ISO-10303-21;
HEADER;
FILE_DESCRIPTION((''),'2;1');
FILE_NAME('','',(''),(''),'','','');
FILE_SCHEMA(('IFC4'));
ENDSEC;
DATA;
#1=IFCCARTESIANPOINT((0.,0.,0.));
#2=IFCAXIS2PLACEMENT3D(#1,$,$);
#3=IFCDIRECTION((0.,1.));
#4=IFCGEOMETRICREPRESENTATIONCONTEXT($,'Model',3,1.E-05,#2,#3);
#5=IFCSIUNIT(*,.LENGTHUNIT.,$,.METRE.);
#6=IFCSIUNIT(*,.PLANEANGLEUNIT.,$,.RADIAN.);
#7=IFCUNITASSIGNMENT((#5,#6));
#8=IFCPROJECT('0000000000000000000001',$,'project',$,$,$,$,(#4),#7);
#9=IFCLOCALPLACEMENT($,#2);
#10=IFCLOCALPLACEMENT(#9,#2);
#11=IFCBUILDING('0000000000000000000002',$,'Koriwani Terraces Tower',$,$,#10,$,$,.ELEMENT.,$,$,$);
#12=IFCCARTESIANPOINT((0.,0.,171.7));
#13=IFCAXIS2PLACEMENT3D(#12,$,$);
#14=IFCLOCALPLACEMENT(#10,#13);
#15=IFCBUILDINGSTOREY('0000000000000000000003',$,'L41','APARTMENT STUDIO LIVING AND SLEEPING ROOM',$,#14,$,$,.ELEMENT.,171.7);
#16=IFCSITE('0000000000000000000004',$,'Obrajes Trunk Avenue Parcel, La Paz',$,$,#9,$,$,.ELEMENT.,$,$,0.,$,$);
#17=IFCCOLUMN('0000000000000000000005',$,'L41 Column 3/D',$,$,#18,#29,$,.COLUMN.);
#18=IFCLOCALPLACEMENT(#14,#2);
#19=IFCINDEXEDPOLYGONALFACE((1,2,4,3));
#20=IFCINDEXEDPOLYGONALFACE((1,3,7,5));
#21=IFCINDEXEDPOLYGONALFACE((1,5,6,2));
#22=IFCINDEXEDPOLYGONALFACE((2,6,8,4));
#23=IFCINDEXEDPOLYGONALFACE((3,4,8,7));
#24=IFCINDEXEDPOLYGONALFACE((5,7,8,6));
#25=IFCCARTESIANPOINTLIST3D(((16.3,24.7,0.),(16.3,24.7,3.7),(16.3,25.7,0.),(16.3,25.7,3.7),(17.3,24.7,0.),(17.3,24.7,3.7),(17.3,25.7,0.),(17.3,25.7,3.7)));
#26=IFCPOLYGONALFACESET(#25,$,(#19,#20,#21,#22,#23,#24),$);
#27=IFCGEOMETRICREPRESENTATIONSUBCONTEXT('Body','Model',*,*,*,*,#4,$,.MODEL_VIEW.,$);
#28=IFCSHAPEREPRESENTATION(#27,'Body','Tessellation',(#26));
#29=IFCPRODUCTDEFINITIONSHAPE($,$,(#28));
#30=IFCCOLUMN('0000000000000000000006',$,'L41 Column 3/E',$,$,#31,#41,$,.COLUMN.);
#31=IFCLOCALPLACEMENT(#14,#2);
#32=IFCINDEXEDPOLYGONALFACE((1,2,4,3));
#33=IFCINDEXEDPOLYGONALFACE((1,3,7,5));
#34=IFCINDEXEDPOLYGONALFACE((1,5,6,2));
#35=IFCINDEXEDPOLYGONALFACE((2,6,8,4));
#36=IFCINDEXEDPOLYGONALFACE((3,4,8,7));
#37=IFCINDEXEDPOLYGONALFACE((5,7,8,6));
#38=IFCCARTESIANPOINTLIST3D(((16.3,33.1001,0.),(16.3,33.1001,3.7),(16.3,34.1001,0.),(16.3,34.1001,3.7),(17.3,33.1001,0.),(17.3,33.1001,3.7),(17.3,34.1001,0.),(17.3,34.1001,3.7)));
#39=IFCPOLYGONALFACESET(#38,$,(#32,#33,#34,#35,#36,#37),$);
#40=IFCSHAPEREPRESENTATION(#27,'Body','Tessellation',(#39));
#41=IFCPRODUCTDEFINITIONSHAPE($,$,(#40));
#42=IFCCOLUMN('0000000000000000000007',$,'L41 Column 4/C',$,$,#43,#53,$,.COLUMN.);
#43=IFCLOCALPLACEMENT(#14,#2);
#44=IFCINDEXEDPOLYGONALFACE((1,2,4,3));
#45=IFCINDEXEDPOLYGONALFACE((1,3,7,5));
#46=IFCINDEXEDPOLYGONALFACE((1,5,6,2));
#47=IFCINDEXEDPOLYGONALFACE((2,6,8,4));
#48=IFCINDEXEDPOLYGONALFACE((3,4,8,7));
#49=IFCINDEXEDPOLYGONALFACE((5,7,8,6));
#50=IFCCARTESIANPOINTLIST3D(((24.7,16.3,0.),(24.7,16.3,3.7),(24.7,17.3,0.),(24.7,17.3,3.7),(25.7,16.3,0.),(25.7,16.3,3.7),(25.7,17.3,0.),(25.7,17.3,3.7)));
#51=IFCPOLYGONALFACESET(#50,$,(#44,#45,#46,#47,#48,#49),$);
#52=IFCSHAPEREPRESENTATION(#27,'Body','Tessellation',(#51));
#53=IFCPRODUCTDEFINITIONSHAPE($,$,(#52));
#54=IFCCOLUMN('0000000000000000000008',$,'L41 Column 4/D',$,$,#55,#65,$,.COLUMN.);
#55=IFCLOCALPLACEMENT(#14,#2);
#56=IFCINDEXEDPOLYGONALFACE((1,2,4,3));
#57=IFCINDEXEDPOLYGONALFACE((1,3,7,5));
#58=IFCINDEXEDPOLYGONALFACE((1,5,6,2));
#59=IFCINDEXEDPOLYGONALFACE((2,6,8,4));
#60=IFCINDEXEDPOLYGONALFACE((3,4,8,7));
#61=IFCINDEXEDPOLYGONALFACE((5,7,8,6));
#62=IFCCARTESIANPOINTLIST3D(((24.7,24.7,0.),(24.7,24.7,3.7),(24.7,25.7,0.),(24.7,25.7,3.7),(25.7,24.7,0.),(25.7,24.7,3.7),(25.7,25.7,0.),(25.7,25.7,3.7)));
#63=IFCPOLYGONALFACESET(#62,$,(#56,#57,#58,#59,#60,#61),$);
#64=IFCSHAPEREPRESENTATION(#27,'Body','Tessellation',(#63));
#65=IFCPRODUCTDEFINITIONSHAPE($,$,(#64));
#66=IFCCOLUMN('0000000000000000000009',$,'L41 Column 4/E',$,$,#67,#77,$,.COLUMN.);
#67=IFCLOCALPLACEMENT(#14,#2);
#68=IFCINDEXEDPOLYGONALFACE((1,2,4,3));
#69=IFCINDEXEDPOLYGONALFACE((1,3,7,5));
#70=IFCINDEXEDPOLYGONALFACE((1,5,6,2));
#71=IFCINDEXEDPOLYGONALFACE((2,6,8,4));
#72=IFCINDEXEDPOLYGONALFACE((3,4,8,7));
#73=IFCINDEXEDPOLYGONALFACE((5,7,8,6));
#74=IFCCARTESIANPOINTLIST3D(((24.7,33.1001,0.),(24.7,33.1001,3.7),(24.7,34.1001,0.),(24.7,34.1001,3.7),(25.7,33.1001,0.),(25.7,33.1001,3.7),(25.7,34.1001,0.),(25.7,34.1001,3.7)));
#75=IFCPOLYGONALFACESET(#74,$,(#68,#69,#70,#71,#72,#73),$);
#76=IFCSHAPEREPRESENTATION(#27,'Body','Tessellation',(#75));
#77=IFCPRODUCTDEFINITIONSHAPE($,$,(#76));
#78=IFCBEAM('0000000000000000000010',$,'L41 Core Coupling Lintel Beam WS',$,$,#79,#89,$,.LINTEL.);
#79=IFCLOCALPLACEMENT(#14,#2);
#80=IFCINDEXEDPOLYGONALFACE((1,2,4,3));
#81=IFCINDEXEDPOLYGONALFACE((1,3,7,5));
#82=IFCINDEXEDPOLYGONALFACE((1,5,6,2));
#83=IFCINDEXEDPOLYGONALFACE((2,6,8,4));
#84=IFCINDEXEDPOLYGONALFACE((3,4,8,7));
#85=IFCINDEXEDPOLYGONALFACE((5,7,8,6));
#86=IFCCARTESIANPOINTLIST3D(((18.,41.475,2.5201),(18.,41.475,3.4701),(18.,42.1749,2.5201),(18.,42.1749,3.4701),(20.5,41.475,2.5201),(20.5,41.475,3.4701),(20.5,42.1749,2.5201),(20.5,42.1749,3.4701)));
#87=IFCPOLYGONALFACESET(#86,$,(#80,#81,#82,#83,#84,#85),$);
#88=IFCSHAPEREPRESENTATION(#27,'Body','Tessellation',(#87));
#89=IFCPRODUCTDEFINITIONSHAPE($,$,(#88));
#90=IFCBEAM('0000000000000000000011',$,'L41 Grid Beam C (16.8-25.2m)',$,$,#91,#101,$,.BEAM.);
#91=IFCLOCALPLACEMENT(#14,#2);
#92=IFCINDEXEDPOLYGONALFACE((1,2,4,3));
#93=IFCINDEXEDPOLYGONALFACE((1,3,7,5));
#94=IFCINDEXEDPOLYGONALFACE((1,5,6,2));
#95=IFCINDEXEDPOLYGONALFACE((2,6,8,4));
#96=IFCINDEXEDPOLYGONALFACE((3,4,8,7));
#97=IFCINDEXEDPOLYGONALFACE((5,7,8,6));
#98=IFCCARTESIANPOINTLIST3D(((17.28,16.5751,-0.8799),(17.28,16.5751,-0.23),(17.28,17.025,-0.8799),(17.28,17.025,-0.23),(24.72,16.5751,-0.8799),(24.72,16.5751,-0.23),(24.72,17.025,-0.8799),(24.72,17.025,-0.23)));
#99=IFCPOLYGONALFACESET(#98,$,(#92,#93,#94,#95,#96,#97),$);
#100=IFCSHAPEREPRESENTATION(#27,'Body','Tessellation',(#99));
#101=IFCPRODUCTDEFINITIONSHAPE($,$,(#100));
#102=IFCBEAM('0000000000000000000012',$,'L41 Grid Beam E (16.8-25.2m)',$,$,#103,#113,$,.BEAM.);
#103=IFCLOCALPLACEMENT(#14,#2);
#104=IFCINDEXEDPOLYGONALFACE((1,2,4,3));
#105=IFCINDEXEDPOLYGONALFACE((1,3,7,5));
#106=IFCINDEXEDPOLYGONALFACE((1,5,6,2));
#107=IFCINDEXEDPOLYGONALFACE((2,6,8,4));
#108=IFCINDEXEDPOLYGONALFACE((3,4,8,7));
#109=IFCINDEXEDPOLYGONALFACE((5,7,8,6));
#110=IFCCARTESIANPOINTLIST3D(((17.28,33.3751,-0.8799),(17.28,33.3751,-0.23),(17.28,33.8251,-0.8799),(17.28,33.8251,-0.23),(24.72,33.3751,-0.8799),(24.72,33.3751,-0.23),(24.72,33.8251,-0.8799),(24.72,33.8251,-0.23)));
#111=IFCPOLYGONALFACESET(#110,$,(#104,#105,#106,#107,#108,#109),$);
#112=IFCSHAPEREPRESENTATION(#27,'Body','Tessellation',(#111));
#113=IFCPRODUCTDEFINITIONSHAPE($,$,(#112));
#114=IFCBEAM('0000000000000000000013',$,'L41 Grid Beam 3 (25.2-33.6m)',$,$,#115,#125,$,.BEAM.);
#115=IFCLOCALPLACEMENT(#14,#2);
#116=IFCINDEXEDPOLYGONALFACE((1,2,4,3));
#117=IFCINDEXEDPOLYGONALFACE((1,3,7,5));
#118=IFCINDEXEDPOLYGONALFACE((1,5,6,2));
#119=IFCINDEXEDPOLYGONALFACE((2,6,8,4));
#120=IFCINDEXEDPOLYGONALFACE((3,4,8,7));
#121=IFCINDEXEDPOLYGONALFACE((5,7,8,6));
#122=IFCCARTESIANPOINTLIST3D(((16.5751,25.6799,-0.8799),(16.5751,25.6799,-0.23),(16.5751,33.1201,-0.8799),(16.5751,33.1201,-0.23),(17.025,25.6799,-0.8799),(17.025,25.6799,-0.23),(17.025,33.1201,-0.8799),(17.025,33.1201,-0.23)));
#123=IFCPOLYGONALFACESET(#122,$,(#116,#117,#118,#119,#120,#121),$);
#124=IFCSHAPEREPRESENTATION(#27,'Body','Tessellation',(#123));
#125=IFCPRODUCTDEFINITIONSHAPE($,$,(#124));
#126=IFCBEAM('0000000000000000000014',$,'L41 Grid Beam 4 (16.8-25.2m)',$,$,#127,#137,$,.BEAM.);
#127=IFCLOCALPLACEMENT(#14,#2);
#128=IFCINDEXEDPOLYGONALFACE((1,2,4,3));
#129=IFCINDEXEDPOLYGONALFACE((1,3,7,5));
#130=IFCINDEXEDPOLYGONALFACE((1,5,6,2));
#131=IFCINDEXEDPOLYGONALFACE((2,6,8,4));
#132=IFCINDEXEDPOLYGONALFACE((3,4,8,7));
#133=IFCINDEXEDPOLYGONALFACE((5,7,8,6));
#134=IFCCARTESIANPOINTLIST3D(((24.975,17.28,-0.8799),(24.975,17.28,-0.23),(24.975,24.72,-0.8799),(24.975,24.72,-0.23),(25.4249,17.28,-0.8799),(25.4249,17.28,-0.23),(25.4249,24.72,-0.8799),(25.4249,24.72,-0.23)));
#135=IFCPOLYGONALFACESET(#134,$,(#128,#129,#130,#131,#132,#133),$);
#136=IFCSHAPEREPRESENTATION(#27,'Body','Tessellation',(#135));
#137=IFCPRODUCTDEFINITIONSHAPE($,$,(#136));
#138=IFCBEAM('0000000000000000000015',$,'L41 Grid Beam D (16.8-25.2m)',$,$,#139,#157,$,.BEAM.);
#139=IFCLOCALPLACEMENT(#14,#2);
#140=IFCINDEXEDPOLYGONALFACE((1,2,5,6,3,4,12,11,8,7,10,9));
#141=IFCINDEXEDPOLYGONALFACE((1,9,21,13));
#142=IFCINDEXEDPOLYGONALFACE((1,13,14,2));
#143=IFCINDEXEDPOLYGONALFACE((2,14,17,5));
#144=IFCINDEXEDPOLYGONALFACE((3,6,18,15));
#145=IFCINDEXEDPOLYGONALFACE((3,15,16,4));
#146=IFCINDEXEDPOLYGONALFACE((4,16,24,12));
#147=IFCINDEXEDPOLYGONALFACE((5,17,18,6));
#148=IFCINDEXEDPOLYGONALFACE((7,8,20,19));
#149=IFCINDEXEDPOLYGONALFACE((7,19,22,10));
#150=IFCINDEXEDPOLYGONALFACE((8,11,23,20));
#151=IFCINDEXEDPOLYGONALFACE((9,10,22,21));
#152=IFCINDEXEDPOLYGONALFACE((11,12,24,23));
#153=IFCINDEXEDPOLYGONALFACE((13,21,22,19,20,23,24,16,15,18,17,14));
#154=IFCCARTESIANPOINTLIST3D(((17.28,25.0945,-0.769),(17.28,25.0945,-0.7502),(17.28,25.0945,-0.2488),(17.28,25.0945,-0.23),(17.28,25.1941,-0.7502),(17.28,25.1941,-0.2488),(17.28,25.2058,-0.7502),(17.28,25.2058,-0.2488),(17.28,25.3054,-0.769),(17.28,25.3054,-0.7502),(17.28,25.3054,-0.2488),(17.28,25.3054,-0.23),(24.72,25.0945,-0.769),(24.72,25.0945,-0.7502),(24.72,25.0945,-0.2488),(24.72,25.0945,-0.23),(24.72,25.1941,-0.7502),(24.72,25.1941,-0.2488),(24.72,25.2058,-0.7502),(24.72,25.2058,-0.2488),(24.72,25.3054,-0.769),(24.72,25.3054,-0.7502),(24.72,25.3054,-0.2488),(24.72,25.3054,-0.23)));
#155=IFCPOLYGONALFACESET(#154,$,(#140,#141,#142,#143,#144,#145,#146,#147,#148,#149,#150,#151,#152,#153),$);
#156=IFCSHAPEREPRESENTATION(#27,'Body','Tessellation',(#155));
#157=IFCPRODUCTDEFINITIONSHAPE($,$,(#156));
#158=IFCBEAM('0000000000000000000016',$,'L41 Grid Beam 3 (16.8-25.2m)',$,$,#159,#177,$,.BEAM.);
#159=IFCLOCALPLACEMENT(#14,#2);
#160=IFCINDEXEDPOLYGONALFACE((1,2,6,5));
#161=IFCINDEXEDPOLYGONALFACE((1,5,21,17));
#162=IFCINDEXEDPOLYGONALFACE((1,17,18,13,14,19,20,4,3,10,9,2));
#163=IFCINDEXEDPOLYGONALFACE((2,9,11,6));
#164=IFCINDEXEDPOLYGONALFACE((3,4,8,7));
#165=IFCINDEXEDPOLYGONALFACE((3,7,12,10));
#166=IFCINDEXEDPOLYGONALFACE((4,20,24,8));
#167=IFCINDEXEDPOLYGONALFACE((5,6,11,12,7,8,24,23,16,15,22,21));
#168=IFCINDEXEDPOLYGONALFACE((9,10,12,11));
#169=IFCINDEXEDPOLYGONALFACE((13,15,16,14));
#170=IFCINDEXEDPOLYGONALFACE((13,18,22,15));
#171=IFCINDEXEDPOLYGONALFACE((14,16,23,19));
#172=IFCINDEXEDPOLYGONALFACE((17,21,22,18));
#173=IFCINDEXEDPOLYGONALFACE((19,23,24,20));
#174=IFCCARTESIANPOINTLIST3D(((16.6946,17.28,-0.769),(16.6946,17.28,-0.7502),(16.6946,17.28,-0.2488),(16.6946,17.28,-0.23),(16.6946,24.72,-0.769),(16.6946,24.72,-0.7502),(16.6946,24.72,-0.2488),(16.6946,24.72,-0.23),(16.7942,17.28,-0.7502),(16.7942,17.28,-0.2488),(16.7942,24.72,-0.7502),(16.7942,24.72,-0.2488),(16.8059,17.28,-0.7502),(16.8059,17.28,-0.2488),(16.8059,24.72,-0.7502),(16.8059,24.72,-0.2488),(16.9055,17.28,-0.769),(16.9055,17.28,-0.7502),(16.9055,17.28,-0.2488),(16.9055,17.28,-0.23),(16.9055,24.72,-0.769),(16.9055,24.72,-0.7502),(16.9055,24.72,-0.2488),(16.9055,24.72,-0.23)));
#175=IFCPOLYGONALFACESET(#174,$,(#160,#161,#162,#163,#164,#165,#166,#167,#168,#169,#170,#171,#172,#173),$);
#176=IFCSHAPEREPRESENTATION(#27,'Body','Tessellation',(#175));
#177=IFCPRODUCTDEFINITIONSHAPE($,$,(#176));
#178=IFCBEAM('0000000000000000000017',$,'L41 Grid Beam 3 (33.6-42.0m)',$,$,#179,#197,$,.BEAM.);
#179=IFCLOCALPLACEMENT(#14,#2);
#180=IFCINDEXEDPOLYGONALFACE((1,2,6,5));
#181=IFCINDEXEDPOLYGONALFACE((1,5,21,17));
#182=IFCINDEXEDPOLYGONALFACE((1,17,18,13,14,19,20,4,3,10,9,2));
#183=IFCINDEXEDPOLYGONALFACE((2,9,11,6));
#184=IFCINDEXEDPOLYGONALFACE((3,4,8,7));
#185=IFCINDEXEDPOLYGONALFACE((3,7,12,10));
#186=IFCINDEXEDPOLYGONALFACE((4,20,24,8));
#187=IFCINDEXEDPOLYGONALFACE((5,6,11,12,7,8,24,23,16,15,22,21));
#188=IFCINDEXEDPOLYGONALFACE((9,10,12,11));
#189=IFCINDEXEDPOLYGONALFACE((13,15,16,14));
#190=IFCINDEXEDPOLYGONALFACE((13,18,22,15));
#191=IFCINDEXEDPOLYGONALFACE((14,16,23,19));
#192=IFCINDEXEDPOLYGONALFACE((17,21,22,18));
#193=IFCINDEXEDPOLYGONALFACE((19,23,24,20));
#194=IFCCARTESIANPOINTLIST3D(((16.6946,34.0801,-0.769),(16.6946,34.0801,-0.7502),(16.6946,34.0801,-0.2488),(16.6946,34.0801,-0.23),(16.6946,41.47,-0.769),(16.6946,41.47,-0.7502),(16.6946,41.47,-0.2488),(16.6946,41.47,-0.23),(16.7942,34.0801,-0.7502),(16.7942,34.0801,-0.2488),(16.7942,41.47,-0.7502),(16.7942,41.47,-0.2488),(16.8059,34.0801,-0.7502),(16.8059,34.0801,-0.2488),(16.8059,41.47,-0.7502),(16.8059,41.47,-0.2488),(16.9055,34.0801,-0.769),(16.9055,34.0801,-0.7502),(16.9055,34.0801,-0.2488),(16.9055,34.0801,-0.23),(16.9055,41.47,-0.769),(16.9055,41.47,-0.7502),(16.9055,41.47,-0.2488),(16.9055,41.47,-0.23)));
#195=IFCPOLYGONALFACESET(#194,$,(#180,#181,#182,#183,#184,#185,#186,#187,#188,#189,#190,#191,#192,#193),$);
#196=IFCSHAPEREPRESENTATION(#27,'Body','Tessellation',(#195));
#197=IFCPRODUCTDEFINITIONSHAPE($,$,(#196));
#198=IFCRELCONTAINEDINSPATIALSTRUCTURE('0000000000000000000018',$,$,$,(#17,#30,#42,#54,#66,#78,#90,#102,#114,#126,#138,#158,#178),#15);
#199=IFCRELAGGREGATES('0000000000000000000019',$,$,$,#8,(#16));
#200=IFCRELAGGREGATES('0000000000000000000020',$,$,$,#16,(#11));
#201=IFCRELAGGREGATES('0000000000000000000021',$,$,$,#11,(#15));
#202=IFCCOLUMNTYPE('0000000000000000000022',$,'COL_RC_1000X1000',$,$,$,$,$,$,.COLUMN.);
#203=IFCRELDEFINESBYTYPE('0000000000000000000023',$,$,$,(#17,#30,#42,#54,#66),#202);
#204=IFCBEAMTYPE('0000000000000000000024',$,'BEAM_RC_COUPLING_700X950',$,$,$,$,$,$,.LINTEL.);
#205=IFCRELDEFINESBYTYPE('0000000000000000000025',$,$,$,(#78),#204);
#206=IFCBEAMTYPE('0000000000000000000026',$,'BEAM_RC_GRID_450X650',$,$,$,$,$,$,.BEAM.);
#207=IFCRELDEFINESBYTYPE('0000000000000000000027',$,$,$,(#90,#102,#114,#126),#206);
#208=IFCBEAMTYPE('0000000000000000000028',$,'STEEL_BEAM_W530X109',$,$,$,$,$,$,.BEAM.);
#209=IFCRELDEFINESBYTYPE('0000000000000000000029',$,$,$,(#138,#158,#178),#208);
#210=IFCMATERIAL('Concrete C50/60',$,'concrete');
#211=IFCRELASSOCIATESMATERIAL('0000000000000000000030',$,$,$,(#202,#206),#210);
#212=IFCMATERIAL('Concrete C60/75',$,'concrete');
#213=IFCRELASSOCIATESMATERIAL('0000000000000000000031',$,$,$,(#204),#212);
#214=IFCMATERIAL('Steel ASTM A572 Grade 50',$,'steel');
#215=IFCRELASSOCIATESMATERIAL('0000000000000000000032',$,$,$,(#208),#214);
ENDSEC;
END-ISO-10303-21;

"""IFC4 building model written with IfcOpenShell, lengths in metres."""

from ifc_helpers import new_model, si_unit, direction, frame, origin, origin_2d, place, context, subcontext, project, spatial, rectangle, i_section, extrude, material, material_profile, profile_set, type_object, element, save


model = new_model("IFC4")

# Units and contexts
model_context = context("Model", 3, precision=1e-05, world=origin(), true_north=direction((0.0, 1.0)))
body_context = subcontext(model_context, "Body", "Model", "MODEL_VIEW")
ifc_project = project(units=[si_unit("LENGTHUNIT", "METRE"), si_unit("PLANEANGLEUNIT", "RADIAN")], contexts=[model_context])

# Site, building, storey
site_placement = place(None, origin())
site = spatial("IfcSite", under=ifc_project, at=site_placement, Name="Obrajes Trunk Avenue Parcel, La Paz", CompositionType="ELEMENT", RefElevation=0.0)
building_placement = place(site_placement, origin())
building = spatial("IfcBuilding", under=site, at=building_placement, Name="Koriwani Terraces Tower", CompositionType="ELEMENT")
storey_placement = place(building_placement, frame((0.0, 0.0, 171.7)))
storey = spatial("IfcBuildingStorey", under=building, at=storey_placement, Name="L41", Description="APARTMENT STUDIO LIVING AND SLEEPING ROOM", CompositionType="ELEMENT", Elevation=171.7)

# Columns
ifc_material_1 = material(Name="Concrete C50/60", Category="concrete")
ifc_material_profile_1 = material_profile(ifc_material_1, rectangle(XDim=1.0, YDim=1.0, at=origin_2d()), Name="Concrete C50/60", Category="LoadBearing")
ifc_profile_set_1 = profile_set([ifc_material_profile_1], Name="Concrete C50/60")
column_type = type_object("IfcColumnType", Name="COL_RC_1000X1000", PredefinedType="COLUMN", material=ifc_profile_set_1)
for number, where, z_axis, x_axis, name in (
    (1, (16.8, 25.2, 0.0), (0.0, 0.0, 1.0), (1.0, 0.0, 0.0), "L41 Column 3/D"),
    (2, (16.8, 33.6001, 0.0), (0.0, 0.0, 1.0), (1.0, 0.0, 0.0), "L41 Column 3/E"),
    (3, (25.2, 16.8, 0.0), (0.0, 0.0, 1.0), (1.0, 0.0, 0.0), "L41 Column 4/C"),
    (4, (25.2, 25.2, 0.0), (0.0, 0.0, 1.0), (1.0, 0.0, 0.0), "L41 Column 4/D"),
    (5, (25.2, 33.6001, 0.0), (0.0, 0.0, 1.0), (1.0, 0.0, 0.0), "L41 Column 4/E"),
):
    element("IfcColumn", number, at=place(storey_placement, frame(where, z_axis=z_axis, x_axis=x_axis)), inside=storey, type_object=column_type, Name=name, PredefinedType="COLUMN", context=body_context, shape_type="SweptSolid", body=[
        extrude(rectangle(XDim=1.0, YDim=1.0, at=origin_2d()), origin(), (0.0, 0.0, 1.0), 3.7),
    ])

# Beams
ifc_material_2 = material(Name="Concrete C60/75", Category="concrete")
ifc_material_profile_2 = material_profile(ifc_material_2, rectangle(XDim=0.7, YDim=0.95, at=origin_2d()), Name="Concrete C60/75", Category="LoadBearing")
ifc_profile_set_2 = profile_set([ifc_material_profile_2], Name="Concrete C60/75")
beam_type_1 = type_object("IfcBeamType", Name="BEAM_RC_COUPLING_700X950", PredefinedType="LINTEL", material=ifc_profile_set_2)
beam_1_placement = place(storey_placement, frame((18.0, 41.825, 2.9951), z_axis=(1.0, 0.0, 0.0), x_axis=(0.0, 1.0, 0.0)))
element("IfcBeam", 6, at=beam_1_placement, inside=storey, type_object=beam_type_1, Name="L41 Core Coupling Lintel Beam WS", PredefinedType="LINTEL", context=body_context, shape_type="SweptSolid", body=[
    extrude(rectangle(XDim=0.7, YDim=0.95, at=origin_2d()), origin(), (0.0, 0.0, 1.0), 2.5),
])
ifc_material_profile_3 = material_profile(ifc_material_1, rectangle(XDim=0.45, YDim=0.6499, at=origin_2d()), Name="Concrete C50/60", Category="LoadBearing")
ifc_profile_set_3 = profile_set([ifc_material_profile_3], Name="Concrete C50/60")
beam_type_2 = type_object("IfcBeamType", Name="BEAM_RC_GRID_450X650", PredefinedType="BEAM", material=ifc_profile_set_3)
for number, where, z_axis, x_axis, name in (
    (7, (17.28, 16.8, -0.5549), (1.0, 0.0, 0.0), (0.0, 1.0, 0.0), "L41 Grid Beam C (16.8-25.2m)"),
    (8, (17.28, 33.6001, -0.5549), (1.0, 0.0, 0.0), (0.0, 1.0, 0.0), "L41 Grid Beam E (16.8-25.2m)"),
):
    element("IfcBeam", number, at=place(storey_placement, frame(where, z_axis=z_axis, x_axis=x_axis)), inside=storey, type_object=beam_type_2, Name=name, PredefinedType="BEAM", context=body_context, shape_type="SweptSolid", body=[
        extrude(rectangle(XDim=0.45, YDim=0.6499, at=origin_2d()), origin(), (0.0, 0.0, 1.0), 7.4399),
    ])
beam_2_placement = place(storey_placement, frame((16.8, 25.6799, -0.5549), z_axis=(0.0, 1.0, 0.0), x_axis=(-1.0, 0.0, 0.0)))
element("IfcBeam", 9, at=beam_2_placement, inside=storey, type_object=beam_type_2, Name="L41 Grid Beam 3 (25.2-33.6m)", PredefinedType="BEAM", context=body_context, shape_type="SweptSolid", body=[
    extrude(rectangle(XDim=0.45, YDim=0.6499, at=origin_2d()), origin(), (0.0, 0.0, 1.0), 7.4402),
])
beam_3_placement = place(storey_placement, frame((25.2, 17.28, -0.5549), z_axis=(0.0, 1.0, 0.0), x_axis=(-1.0, 0.0, 0.0)))
element("IfcBeam", 10, at=beam_3_placement, inside=storey, type_object=beam_type_2, Name="L41 Grid Beam 4 (16.8-25.2m)", PredefinedType="BEAM", context=body_context, shape_type="SweptSolid", body=[
    extrude(rectangle(XDim=0.45, YDim=0.6499, at=origin_2d()), origin(), (0.0, 0.0, 1.0), 7.4399),
])
ifc_material_3 = material(Name="Steel ASTM A572 Grade 50", Category="steel")
ifc_material_profile_4 = material_profile(ifc_material_3, i_section(OverallWidth=0.2109, OverallDepth=0.5391, WebThickness=0.0117, FlangeThickness=0.0188, at=origin_2d()), Name="Steel ASTM A572 Grade 50", Category="LoadBearing")
ifc_profile_set_4 = profile_set([ifc_material_profile_4], Name="Steel ASTM A572 Grade 50")
beam_type_3 = type_object("IfcBeamType", Name="STEEL_BEAM_W530X109", PredefinedType="BEAM", material=ifc_profile_set_4)
for number, where, z_axis, x_axis, name in (
    (11, (17.28, 25.2, -0.4995), (1.0, 0.0, 0.0), (0.0, 1.0, 0.0), "L41 Grid Beam D (16.8-25.2m)"),
    (12, (16.8, 17.28, -0.4995), (0.0, 1.0, 0.0), (-1.0, 0.0, 0.0), "L41 Grid Beam 3 (16.8-25.2m)"),
):
    element("IfcBeam", number, at=place(storey_placement, frame(where, z_axis=z_axis, x_axis=x_axis)), inside=storey, type_object=beam_type_3, Name=name, PredefinedType="BEAM", context=body_context, shape_type="SweptSolid", body=[
        extrude(i_section(OverallWidth=0.2109, OverallDepth=0.5391, WebThickness=0.0117, FlangeThickness=0.0188, at=origin_2d()), origin(), (0.0, 0.0, 1.0), 7.4399),
    ])
beam_4_placement = place(storey_placement, frame((16.8, 34.0801, -0.4995), z_axis=(0.0, 1.0, 0.0), x_axis=(-1.0, 0.0, 0.0)))
element("IfcBeam", 13, at=beam_4_placement, inside=storey, type_object=beam_type_3, Name="L41 Grid Beam 3 (33.6-42.0m)", PredefinedType="BEAM", context=body_context, shape_type="SweptSolid", body=[
    extrude(i_section(OverallWidth=0.2109, OverallDepth=0.5391, WebThickness=0.0117, FlangeThickness=0.0188, at=origin_2d()), origin(), (0.0, 0.0, 1.0), 7.3899),
])

save(model, "model.ifc")
